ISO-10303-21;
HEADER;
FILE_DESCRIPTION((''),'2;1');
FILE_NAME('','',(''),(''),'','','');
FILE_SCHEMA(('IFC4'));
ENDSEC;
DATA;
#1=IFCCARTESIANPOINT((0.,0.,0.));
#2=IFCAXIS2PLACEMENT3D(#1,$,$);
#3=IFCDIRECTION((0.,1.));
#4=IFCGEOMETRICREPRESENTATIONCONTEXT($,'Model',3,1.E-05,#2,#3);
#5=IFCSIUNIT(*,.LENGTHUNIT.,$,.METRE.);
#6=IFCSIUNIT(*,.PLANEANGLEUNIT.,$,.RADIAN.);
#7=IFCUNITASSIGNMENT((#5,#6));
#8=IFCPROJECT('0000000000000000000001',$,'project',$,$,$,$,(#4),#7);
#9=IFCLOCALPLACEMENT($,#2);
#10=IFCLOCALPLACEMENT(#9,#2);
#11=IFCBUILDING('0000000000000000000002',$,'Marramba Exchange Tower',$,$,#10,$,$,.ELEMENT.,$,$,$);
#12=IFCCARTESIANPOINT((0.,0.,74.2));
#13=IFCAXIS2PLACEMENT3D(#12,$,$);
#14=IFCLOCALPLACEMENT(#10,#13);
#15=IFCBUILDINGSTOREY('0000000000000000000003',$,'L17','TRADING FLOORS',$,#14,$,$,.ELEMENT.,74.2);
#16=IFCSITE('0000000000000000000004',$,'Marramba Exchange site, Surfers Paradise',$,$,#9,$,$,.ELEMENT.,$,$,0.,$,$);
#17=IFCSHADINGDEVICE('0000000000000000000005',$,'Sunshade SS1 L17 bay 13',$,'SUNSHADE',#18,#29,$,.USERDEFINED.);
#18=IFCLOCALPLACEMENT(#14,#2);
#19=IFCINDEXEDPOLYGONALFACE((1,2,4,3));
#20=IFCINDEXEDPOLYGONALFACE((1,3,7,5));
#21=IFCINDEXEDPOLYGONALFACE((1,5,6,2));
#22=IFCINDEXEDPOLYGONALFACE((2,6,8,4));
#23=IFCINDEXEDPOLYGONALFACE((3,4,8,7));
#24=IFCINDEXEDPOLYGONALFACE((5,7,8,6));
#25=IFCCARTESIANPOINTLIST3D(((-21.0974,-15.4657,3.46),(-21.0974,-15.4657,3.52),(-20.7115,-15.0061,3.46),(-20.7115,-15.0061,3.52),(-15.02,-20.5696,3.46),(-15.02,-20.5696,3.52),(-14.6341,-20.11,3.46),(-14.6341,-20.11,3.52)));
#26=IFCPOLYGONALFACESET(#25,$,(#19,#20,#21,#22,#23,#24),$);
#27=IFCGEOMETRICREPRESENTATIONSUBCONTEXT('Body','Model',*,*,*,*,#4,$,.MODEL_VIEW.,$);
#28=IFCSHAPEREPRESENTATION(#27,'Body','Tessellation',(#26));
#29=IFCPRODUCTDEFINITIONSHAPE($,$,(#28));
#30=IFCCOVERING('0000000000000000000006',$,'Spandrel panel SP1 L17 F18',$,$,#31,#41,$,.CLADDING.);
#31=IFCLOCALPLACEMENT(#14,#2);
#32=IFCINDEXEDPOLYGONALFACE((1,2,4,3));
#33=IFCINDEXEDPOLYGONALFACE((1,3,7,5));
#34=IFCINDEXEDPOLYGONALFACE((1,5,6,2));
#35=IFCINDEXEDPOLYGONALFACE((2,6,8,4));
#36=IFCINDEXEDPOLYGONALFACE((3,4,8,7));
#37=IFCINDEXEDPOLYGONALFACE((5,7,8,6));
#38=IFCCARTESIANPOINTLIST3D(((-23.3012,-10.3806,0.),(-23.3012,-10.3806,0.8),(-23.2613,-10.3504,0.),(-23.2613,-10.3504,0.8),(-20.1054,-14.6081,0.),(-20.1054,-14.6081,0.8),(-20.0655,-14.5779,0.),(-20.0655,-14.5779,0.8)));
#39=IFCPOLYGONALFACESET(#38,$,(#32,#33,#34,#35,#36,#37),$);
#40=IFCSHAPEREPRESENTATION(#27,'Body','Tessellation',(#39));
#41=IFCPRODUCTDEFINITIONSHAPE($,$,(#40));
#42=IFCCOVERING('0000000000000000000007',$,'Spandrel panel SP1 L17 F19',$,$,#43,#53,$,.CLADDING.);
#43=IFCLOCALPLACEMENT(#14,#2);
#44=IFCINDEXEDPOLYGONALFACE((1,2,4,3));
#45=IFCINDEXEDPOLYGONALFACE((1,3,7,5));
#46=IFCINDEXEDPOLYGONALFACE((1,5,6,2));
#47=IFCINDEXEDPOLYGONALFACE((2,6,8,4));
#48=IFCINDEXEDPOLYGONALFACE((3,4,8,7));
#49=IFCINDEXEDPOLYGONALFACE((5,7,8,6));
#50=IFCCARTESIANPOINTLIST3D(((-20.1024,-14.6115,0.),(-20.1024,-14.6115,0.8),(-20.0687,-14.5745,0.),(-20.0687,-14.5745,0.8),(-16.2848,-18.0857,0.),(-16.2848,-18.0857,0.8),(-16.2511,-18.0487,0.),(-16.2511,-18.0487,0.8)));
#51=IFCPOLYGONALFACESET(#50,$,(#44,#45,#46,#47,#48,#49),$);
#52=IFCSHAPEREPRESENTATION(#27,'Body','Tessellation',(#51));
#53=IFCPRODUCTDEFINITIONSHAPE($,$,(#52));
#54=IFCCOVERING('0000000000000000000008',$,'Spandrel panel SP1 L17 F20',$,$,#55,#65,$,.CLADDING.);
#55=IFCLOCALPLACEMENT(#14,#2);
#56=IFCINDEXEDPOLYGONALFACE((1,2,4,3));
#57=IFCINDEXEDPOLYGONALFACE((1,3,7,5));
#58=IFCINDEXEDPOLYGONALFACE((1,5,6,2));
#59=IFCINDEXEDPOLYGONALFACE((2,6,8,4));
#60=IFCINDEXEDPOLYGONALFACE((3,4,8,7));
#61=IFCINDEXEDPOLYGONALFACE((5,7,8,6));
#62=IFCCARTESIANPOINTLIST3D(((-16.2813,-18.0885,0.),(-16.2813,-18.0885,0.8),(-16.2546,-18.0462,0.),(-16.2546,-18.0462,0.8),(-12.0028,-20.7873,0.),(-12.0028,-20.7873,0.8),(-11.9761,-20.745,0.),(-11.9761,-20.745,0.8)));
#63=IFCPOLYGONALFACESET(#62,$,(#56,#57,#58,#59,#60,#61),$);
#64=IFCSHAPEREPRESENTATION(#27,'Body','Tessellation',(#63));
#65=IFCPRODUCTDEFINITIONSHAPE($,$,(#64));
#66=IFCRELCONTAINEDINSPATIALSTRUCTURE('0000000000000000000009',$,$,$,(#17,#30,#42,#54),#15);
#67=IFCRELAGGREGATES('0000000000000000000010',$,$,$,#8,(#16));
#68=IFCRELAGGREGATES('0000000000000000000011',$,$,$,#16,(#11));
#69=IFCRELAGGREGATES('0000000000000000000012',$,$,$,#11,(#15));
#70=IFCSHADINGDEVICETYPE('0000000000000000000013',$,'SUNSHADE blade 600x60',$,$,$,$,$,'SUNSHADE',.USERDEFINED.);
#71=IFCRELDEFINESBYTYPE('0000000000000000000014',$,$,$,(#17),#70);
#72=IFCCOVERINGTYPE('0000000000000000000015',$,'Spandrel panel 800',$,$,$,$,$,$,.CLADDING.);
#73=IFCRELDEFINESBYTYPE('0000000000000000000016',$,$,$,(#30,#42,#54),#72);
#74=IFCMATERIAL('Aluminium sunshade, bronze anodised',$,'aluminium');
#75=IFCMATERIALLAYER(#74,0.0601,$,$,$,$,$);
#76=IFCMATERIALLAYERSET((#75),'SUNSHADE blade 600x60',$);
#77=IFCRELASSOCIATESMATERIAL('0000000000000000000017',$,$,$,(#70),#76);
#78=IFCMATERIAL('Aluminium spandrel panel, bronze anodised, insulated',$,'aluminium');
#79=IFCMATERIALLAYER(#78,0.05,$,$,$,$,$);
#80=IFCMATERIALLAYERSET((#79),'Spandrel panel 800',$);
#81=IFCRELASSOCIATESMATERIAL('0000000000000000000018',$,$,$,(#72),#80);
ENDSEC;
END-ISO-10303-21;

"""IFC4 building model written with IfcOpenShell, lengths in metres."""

from ifc_helpers import new_model, si_unit, direction, frame, origin, origin_2d, place, context, subcontext, project, spatial, rectangle, extrude, material, layer, layer_set, type_object, element, save


model = new_model("IFC4")

# Units and contexts
model_context = context("Model", 3, precision=1e-05, world=origin(), true_north=direction((0.0, 1.0)))
body_context = subcontext(model_context, "Body", "Model", "MODEL_VIEW")
ifc_project = project(units=[si_unit("LENGTHUNIT", "METRE"), si_unit("PLANEANGLEUNIT", "RADIAN")], contexts=[model_context])

# Site, building, storey
site_placement = place(None, origin())
site = spatial("IfcSite", under=ifc_project, at=site_placement, Name="Marramba Exchange site, Surfers Paradise", CompositionType="ELEMENT", RefElevation=0.0)
building_placement = place(site_placement, origin())
building = spatial("IfcBuilding", under=site, at=building_placement, Name="Marramba Exchange Tower", CompositionType="ELEMENT")
storey_placement = place(building_placement, frame((0.0, 0.0, 74.2)))
storey = spatial("IfcBuildingStorey", under=building, at=storey_placement, Name="L17", Description="TRADING FLOORS", CompositionType="ELEMENT", Elevation=74.2)

# Shading device
ifc_material_1 = material(Name="Aluminium sunshade, bronze anodised", Category="aluminium")
ifc_layer_1 = layer(ifc_material_1, 0.0601)
ifc_layer_set_1 = layer_set([ifc_layer_1], Name="SUNSHADE blade 600x60")
shading_device_type_1 = type_object("IfcShadingDeviceType", Name="SUNSHADE blade 600x60", ElementType="SUNSHADE", PredefinedType="USERDEFINED", material=ifc_layer_set_1)
shading_device_1_placement = place(storey_placement, frame((-17.8657, -17.7878, 3.46), z_axis=(0.0, 0.0, 1.0), x_axis=(0.765776, -0.643107, 0.0)))
element("IfcShadingDevice", 1, at=shading_device_1_placement, inside=storey, type_object=shading_device_type_1, Name="Sunshade SS1 L17 bay 13", ObjectType="SUNSHADE", PredefinedType="USERDEFINED", context=body_context, shape_type="SweptSolid", body=[
    extrude(rectangle(XDim=7.9363, YDim=0.6001, at=origin_2d()), origin(), (0.0, 0.0, 1.0), 0.0601),
])

# Coverings
ifc_material_2 = material(Name="Aluminium spandrel panel, bronze anodised, insulated", Category="aluminium")
ifc_layer_2 = layer(ifc_material_2, 0.05)
ifc_layer_set_2 = layer_set([ifc_layer_2], Name="Spandrel panel 800")
covering_type = type_object("IfcCoveringType", Name="Spandrel panel 800", PredefinedType="CLADDING", material=ifc_layer_set_2)
covering_1_placement = place(storey_placement, frame((-21.6833, -12.4792, 0.0), z_axis=(0.0, 0.0, 1.0), x_axis=(0.60304, -0.797711, 0.0)))
element("IfcCovering", 2, at=covering_1_placement, inside=storey, type_object=covering_type, Name="Spandrel panel SP1 L17 F18", PredefinedType="CLADDING", context=body_context, shape_type="SweptSolid", body=[
    extrude(rectangle(XDim=5.2996, YDim=0.05, at=origin_2d()), origin(), (0.0, 0.0, 1.0), 0.8),
])
covering_2_placement = place(storey_placement, frame((-18.1768, -16.3301, 0.0), z_axis=(0.0, 0.0, 1.0), x_axis=(0.73959, -0.673058, 0.0)))
element("IfcCovering", 3, at=covering_2_placement, inside=storey, type_object=covering_type, Name="Spandrel panel SP1 L17 F19", PredefinedType="CLADDING", context=body_context, shape_type="SweptSolid", body=[
    extrude(rectangle(XDim=5.1619, YDim=0.05, at=origin_2d()), origin(), (0.0, 0.0, 1.0), 0.8),
])
covering_3_placement = place(storey_placement, frame((-14.1287, -19.4167, 0.0), z_axis=(0.0, 0.0, 1.0), x_axis=(0.845791, -0.533515, 0.0)))
element("IfcCovering", 4, at=covering_3_placement, inside=storey, type_object=covering_type, Name="Spandrel panel SP1 L17 F20", PredefinedType="CLADDING", context=body_context, shape_type="SweptSolid", body=[
    extrude(rectangle(XDim=5.0586, YDim=0.05, at=origin_2d()), origin(), (0.0, 0.0, 1.0), 0.8),
])

save(model, "model.ifc")
